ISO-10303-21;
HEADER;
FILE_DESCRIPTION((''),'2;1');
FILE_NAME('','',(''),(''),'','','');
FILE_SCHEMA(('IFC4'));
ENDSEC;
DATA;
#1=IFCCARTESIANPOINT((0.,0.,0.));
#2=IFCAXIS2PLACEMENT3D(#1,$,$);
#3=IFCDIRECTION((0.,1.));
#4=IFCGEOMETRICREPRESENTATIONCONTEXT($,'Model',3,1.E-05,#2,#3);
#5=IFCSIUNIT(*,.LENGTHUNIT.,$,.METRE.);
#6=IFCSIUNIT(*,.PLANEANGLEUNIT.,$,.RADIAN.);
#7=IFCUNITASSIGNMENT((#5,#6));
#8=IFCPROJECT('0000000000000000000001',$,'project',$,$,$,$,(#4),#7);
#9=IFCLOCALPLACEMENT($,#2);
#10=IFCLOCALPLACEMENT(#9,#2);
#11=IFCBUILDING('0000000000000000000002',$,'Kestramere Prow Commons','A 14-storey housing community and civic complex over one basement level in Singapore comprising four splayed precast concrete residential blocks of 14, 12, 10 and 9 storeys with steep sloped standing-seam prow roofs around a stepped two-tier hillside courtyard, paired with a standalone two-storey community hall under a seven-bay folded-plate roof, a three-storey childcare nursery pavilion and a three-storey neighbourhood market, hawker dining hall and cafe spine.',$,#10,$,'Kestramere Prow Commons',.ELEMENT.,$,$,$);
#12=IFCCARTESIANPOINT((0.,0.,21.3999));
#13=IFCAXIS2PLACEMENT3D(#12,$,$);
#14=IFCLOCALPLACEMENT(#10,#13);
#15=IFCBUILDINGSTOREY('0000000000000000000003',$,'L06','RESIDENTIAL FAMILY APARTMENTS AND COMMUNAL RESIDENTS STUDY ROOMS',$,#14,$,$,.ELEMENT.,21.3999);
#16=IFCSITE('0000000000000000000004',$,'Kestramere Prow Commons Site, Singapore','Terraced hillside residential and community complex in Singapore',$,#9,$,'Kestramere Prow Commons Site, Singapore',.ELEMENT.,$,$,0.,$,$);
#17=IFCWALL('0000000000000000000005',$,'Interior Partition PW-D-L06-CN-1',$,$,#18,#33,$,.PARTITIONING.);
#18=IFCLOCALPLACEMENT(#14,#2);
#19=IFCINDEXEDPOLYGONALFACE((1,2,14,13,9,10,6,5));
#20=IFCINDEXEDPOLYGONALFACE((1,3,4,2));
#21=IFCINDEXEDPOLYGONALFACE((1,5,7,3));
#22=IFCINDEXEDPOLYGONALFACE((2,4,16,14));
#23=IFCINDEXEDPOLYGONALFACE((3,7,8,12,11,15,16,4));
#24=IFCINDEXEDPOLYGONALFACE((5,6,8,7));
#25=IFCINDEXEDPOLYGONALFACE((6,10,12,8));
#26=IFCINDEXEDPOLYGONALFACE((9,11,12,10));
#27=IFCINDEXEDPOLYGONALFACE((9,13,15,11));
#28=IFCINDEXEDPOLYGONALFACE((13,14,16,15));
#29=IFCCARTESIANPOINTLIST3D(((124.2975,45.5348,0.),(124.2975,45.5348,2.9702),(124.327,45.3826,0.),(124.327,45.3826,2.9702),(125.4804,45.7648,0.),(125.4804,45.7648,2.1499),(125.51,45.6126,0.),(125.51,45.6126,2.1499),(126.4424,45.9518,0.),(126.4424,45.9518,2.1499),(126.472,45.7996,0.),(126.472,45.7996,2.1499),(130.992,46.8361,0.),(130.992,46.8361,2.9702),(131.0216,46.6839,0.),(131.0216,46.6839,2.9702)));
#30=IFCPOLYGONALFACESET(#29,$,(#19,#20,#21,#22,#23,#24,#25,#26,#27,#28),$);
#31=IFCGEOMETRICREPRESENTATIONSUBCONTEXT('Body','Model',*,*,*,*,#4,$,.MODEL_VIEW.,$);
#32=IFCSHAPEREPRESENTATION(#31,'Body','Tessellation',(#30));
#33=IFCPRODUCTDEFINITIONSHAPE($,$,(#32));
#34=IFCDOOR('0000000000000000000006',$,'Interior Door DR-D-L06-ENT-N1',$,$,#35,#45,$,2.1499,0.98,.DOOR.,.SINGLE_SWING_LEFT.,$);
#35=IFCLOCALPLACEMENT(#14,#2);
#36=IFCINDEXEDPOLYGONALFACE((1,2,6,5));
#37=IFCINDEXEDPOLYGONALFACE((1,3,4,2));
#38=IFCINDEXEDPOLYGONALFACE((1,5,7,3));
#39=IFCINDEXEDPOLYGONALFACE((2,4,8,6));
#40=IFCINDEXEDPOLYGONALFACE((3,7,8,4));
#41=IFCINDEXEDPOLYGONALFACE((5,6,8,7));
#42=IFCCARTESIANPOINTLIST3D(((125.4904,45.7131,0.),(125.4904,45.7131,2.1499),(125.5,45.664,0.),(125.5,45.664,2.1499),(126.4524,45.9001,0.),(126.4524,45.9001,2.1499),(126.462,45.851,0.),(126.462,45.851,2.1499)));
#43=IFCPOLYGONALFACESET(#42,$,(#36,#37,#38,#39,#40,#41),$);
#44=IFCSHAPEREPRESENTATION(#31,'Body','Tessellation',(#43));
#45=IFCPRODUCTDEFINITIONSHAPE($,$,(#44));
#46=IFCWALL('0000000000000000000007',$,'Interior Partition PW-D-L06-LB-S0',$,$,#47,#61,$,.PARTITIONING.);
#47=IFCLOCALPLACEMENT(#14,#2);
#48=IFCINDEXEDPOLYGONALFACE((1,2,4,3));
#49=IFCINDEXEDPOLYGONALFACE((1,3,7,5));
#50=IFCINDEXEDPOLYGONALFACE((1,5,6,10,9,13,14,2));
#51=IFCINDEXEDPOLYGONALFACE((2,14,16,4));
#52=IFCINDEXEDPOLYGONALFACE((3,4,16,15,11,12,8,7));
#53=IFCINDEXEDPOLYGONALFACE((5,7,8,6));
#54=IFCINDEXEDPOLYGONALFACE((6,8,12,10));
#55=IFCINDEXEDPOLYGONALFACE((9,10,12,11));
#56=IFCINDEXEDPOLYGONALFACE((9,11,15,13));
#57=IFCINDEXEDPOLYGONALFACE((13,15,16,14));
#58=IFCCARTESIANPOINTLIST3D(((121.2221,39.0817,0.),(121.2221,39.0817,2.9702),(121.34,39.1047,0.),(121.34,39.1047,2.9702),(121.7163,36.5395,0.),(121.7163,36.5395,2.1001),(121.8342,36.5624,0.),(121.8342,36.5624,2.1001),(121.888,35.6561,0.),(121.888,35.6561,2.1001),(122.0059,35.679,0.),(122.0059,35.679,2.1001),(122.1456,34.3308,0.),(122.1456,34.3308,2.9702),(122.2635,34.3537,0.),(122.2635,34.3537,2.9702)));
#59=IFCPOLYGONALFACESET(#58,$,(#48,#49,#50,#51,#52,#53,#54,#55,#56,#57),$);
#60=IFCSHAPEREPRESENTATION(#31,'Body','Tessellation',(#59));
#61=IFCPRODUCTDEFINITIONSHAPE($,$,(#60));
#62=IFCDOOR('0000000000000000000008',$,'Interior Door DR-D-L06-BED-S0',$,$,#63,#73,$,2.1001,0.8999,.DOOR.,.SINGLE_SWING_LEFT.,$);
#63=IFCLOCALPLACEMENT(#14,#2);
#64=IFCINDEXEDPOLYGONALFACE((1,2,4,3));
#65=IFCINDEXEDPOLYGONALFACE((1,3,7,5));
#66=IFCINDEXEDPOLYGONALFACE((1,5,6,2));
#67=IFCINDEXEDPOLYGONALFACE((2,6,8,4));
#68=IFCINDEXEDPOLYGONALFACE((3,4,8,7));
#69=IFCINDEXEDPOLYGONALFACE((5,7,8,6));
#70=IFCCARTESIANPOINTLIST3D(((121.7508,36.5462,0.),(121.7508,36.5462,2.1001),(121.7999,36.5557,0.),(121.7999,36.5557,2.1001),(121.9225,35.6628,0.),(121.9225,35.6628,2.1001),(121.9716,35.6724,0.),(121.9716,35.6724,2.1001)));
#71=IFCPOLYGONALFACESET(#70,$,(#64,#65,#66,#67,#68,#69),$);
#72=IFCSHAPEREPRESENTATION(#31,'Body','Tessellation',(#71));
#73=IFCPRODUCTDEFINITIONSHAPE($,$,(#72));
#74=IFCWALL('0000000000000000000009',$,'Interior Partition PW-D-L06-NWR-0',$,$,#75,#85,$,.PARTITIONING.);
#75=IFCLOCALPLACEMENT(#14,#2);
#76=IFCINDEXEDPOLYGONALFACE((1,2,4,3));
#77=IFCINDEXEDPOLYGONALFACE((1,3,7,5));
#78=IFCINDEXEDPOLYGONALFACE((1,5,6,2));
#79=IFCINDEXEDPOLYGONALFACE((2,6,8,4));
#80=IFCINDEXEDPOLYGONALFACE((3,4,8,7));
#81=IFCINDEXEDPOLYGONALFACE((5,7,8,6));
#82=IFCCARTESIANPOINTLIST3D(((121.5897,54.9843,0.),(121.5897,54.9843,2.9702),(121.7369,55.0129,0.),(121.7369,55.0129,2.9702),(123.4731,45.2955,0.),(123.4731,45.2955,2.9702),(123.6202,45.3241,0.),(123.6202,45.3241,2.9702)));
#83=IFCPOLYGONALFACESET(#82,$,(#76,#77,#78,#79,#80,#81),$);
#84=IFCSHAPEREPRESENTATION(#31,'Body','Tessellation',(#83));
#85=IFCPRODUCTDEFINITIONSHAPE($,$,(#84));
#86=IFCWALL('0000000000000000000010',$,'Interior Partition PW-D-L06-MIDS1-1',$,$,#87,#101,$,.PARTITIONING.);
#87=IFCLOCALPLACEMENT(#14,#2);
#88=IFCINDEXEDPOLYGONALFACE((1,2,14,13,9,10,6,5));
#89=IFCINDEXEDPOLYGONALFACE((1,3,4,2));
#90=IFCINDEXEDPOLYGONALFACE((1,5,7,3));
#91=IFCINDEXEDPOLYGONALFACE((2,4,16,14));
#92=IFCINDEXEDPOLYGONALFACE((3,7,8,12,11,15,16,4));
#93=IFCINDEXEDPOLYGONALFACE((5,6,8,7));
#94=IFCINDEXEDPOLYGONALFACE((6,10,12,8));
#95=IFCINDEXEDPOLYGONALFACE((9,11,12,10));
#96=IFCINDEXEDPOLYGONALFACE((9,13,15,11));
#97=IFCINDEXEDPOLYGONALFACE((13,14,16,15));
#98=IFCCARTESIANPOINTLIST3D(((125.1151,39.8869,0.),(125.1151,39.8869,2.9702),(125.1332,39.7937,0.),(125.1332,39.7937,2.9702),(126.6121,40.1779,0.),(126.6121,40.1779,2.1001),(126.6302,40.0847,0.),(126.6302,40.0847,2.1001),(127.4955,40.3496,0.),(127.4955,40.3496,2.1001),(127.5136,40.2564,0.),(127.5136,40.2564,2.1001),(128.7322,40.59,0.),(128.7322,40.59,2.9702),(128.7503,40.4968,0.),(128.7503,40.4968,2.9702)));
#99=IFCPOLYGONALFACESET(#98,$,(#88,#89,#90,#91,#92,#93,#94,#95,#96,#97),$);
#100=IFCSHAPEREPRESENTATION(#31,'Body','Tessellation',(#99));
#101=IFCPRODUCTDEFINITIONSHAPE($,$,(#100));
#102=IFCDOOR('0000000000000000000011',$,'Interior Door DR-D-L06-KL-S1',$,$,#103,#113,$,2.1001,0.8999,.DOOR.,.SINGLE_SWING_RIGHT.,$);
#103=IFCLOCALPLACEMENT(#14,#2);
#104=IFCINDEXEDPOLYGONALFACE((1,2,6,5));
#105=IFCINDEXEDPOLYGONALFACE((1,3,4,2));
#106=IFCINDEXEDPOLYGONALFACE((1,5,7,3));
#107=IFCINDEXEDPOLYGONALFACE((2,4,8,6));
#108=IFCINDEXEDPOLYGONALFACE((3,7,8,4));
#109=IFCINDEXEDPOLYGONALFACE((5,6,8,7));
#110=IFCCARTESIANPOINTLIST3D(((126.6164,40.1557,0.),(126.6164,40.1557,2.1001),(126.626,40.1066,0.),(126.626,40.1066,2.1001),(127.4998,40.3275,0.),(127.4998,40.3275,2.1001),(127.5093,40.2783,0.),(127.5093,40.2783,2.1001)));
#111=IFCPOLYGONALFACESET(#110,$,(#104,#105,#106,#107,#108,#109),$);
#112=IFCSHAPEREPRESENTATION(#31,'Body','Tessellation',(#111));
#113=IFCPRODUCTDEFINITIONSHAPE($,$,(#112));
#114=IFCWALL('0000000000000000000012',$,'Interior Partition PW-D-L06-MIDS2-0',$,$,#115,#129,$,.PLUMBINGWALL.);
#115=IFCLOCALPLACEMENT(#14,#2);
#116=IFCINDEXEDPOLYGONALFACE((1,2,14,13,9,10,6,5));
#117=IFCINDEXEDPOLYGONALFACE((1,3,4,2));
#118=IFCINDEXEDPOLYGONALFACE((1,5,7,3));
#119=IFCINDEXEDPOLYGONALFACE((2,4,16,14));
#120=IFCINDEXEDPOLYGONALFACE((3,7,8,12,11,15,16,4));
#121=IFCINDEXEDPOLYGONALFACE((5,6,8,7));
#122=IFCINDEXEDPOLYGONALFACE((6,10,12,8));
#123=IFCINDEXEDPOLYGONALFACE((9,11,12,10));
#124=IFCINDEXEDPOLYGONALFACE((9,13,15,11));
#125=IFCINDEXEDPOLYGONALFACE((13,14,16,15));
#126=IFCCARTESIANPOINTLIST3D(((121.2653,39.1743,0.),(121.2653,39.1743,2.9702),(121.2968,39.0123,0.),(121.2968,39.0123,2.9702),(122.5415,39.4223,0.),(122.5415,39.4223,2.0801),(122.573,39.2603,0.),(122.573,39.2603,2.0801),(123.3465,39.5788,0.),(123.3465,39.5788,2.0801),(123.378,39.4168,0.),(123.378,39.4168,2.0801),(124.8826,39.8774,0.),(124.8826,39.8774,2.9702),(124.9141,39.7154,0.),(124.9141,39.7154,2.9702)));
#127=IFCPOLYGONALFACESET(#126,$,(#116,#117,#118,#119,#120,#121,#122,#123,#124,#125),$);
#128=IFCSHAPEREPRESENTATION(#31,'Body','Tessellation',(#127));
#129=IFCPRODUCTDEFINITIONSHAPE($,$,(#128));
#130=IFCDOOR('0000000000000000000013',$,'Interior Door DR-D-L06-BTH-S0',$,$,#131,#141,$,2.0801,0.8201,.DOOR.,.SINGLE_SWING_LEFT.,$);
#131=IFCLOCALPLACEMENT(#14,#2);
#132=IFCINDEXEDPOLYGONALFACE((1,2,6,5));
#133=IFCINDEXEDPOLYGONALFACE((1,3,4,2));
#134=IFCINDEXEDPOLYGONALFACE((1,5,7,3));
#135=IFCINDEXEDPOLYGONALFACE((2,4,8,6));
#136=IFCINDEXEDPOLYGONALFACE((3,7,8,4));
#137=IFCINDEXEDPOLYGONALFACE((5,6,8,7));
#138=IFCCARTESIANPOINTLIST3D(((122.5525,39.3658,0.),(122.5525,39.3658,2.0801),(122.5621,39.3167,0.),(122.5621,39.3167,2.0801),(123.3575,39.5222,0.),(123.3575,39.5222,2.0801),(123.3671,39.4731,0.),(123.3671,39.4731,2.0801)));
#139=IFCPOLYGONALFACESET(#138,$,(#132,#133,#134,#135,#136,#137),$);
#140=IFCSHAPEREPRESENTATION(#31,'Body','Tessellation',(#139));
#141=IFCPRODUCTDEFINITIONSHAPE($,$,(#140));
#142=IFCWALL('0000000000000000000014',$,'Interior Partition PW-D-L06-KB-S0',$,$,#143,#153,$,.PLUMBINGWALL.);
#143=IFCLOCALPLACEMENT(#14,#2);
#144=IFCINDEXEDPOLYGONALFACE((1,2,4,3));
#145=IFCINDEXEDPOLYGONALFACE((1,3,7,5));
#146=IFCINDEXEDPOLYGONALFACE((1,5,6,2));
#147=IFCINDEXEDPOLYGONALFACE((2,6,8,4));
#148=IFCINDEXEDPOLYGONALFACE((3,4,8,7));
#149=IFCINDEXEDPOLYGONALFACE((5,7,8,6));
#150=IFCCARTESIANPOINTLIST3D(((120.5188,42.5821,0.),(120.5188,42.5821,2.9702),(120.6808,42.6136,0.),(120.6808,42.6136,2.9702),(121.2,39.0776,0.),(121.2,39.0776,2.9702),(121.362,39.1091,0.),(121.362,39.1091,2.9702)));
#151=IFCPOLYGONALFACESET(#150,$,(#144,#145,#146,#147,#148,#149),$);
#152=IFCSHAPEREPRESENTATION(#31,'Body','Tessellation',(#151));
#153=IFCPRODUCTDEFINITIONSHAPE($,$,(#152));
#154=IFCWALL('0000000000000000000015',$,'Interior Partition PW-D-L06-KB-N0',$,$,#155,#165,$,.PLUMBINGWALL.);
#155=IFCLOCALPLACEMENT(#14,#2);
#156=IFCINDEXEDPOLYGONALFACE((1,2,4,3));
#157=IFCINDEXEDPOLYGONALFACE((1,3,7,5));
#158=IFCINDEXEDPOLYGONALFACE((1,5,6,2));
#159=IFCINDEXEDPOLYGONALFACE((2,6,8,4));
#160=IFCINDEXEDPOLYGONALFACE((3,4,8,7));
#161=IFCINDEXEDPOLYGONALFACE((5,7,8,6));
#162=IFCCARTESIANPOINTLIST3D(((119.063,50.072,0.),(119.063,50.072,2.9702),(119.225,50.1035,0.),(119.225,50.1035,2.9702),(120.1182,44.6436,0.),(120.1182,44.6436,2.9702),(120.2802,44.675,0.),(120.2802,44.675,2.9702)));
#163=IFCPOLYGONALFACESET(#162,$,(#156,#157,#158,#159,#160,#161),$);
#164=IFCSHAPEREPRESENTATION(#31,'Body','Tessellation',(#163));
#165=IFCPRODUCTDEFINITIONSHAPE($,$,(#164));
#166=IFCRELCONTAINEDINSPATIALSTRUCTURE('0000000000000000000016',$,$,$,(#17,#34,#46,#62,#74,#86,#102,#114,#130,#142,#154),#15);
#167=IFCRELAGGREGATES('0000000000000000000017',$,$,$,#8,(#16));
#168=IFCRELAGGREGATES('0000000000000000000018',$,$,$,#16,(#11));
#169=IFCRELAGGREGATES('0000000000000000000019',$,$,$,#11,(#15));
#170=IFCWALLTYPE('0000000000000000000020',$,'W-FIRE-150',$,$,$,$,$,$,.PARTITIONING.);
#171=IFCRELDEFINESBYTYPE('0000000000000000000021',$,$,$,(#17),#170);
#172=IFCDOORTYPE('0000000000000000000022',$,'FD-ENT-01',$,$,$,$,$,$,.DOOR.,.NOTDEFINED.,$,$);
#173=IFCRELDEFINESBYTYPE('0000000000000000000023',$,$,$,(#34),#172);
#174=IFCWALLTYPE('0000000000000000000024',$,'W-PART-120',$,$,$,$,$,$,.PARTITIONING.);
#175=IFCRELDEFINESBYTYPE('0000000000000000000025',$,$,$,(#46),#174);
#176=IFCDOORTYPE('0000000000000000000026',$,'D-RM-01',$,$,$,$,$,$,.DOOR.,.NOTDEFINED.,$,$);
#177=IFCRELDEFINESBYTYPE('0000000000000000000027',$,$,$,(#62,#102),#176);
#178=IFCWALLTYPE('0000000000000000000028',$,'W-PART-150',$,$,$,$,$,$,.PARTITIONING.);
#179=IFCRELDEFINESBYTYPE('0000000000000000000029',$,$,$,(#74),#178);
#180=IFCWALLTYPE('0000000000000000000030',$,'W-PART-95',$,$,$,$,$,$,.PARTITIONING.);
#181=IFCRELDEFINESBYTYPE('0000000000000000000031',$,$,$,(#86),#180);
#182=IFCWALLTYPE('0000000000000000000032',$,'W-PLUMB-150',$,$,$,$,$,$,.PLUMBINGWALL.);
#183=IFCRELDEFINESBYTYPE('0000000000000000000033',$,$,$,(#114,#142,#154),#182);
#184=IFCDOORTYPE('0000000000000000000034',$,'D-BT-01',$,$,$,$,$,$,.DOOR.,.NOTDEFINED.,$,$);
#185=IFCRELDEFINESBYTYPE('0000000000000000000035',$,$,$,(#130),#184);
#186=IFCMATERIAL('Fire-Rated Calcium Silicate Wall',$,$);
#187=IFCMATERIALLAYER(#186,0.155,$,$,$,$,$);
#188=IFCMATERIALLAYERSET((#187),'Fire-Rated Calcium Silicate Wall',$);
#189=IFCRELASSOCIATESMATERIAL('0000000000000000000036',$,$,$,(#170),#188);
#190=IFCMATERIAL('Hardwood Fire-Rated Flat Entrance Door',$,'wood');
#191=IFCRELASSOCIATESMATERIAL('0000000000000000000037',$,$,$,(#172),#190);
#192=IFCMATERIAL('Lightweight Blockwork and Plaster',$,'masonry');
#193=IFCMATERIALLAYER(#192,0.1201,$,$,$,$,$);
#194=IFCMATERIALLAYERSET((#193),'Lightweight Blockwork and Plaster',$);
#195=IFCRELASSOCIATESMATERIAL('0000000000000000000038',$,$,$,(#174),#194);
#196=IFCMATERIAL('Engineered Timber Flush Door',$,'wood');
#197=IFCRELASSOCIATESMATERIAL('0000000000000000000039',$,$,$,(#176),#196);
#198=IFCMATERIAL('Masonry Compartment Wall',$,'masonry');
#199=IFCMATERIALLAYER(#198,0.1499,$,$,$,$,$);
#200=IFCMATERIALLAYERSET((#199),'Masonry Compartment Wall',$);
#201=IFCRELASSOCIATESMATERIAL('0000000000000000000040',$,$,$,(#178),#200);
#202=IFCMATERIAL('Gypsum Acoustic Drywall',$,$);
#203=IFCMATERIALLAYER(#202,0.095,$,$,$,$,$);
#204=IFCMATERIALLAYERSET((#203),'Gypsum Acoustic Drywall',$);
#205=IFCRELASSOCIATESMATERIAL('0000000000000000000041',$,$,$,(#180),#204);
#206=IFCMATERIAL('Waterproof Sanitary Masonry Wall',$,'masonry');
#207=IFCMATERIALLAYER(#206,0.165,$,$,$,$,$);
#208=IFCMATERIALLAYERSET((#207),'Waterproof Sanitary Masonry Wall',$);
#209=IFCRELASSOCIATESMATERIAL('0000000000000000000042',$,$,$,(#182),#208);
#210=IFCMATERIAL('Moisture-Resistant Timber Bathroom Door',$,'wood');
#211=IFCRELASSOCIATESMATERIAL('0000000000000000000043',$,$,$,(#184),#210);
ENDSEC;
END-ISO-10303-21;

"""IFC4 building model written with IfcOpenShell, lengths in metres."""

from ifc_helpers import new_model, si_unit, direction, frame, frame_2d, origin, place, context, subcontext, project, spatial, rectangle, extrude, material, layer, layer_set, type_object, element, fill, save


model = new_model("IFC4")

# Units and contexts
model_context = context("Model", 3, precision=1e-05, world=origin(), true_north=direction((0.0, 1.0)))
body_context = subcontext(model_context, "Body", "Model", "MODEL_VIEW")
ifc_project = project(units=[si_unit("LENGTHUNIT", "METRE"), si_unit("PLANEANGLEUNIT", "RADIAN")], contexts=[model_context])

# Site, building, storey
site_placement = place(None, origin())
site = spatial("IfcSite", under=ifc_project, at=site_placement, Name="Kestramere Prow Commons Site, Singapore", Description="Terraced hillside residential and community complex in Singapore", LongName="Kestramere Prow Commons Site, Singapore", CompositionType="ELEMENT", RefElevation=0.0)
building_placement = place(site_placement, origin())
building = spatial("IfcBuilding", under=site, at=building_placement, Name="Kestramere Prow Commons", Description="A 14-storey housing community and civic complex over one basement level in Singapore comprising four splayed precast concrete residential blocks of 14, 12, 10 and 9 storeys with steep sloped standing-seam prow roofs around a stepped two-tier hillside courtyard, paired with a standalone two-storey community hall under a seven-bay folded-plate roof, a three-storey childcare nursery pavilion and a three-storey neighbourhood market, hawker dining hall and cafe spine.", LongName="Kestramere Prow Commons", CompositionType="ELEMENT")
storey_placement = place(building_placement, frame((0.0, 0.0, 21.3999)))
storey = spatial("IfcBuildingStorey", under=building, at=storey_placement, Name="L06", Description="RESIDENTIAL FAMILY APARTMENTS AND COMMUNAL RESIDENTS STUDY ROOMS", CompositionType="ELEMENT", Elevation=21.3999)

# Walls, openings, doors
ifc_material_1 = material(Name="Fire-Rated Calcium Silicate Wall")
ifc_layer_1 = layer(ifc_material_1, 0.155)
ifc_layer_set_1 = layer_set([ifc_layer_1], Name="Fire-Rated Calcium Silicate Wall")
wall_type_1 = type_object("IfcWallType", Name="W-FIRE-150", PredefinedType="PARTITIONING", material=ifc_layer_set_1)
ifc_material_2 = material(Name="Hardwood Fire-Rated Flat Entrance Door", Category="wood")
wall_1_placement = place(storey_placement, frame((124.3123, 45.4587, 0.0), z_axis=(0.0, 0.0, 1.0), x_axis=(0.981628, 0.190805, 0.0)))
wall_1 = element("IfcWall", 1, at=wall_1_placement, inside=storey, type_object=wall_type_1, Name="Interior Partition PW-D-L06-CN-1", PredefinedType="PARTITIONING", context=body_context, shape_type="SweptSolid", body=[
    extrude(rectangle(XDim=6.8198, YDim=0.155, at=frame_2d((3.4099, 0.0))), origin(), (0.0, 0.0, 1.0), 2.9702),
])
opening_1_placement = place(wall_1_placement, frame((1.2051, 0.0, 0.0)))
opening_1 = element("IfcOpeningElement", 2, at=opening_1_placement, cuts=wall_1, PredefinedType="OPENING", context=body_context, shape_type="SweptSolid", body=[
    extrude(rectangle(XDim=0.98, YDim=2.1499, at=frame_2d((0.49, 1.075))), frame((0.0, 0.0925, 0.0), z_axis=(0.0, -1.0, 0.0), x_axis=(1.0, 0.0, 0.0)), (0.0, 0.0, 1.0), 0.1851),
])
door_type_1 = type_object("IfcDoorType", Name="FD-ENT-01", OperationType="NOTDEFINED", PredefinedType="DOOR", material=ifc_material_2)
door_1_placement = place(opening_1_placement, origin())
door_1 = element("IfcDoor", 3, at=door_1_placement, inside=storey, type_object=door_type_1, Name="Interior Door DR-D-L06-ENT-N1", OperationType="SINGLE_SWING_LEFT", OverallHeight=2.1499, OverallWidth=0.98, PredefinedType="DOOR", context=body_context, shape_type="SweptSolid", body=[
    extrude(rectangle(XDim=0.98, YDim=2.1499, at=frame_2d((0.49, 1.075))), frame((0.0, 0.0249, 0.0), z_axis=(0.0, -1.0, 0.0), x_axis=(1.0, 0.0, 0.0)), (0.0, 0.0, 1.0), 0.05),
])
fill(opening_1, door_1)
ifc_material_3 = material(Name="Lightweight Blockwork and Plaster", Category="masonry")
ifc_layer_2 = layer(ifc_material_3, 0.1201)
ifc_layer_set_2 = layer_set([ifc_layer_2], Name="Lightweight Blockwork and Plaster")
wall_type_2 = type_object("IfcWallType", Name="W-PART-120", PredefinedType="PARTITIONING", material=ifc_layer_set_2)
wall_2_placement = place(storey_placement, frame((122.2046, 34.3423, 0.0), z_axis=(0.0, 0.0, 1.0), x_axis=(-0.190826, 0.981624, 0.0)))
wall_2 = element("IfcWall", 4, at=wall_2_placement, inside=storey, type_object=wall_type_2, Name="Interior Partition PW-D-L06-LB-S0", PredefinedType="PARTITIONING", context=body_context, shape_type="SweptSolid", body=[
    extrude(rectangle(XDim=4.8398, YDim=0.1201, at=frame_2d((2.4199, 0.0))), origin(), (0.0, 0.0, 1.0), 2.9702),
])
opening_2_placement = place(wall_2_placement, frame((1.3501, 0.0, 0.0)))
opening_2 = element("IfcOpeningElement", 5, at=opening_2_placement, cuts=wall_2, PredefinedType="OPENING", context=body_context, shape_type="SweptSolid", body=[
    extrude(rectangle(XDim=0.8999, YDim=2.1001, at=frame_2d((0.45, 1.05))), frame((0.0, 0.075, 0.0), z_axis=(0.0, -1.0, 0.0), x_axis=(1.0, 0.0, 0.0)), (0.0, 0.0, 1.0), 0.1501),
])
ifc_material_4 = material(Name="Engineered Timber Flush Door", Category="wood")
door_type_2 = type_object("IfcDoorType", Name="D-RM-01", OperationType="NOTDEFINED", PredefinedType="DOOR", material=ifc_material_4)
door_2_placement = place(opening_2_placement, origin())
door_2 = element("IfcDoor", 6, at=door_2_placement, inside=storey, type_object=door_type_2, Name="Interior Door DR-D-L06-BED-S0", OperationType="SINGLE_SWING_LEFT", OverallHeight=2.1001, OverallWidth=0.8999, PredefinedType="DOOR", context=body_context, shape_type="SweptSolid", body=[
    extrude(rectangle(XDim=0.8999, YDim=2.1001, at=frame_2d((0.45, 1.05))), frame((0.0, 0.0249, 0.0), z_axis=(0.0, -1.0, 0.0), x_axis=(1.0, 0.0, 0.0)), (0.0, 0.0, 1.0), 0.05),
])
fill(opening_2, door_2)

# Wall
ifc_material_5 = material(Name="Masonry Compartment Wall", Category="masonry")
ifc_layer_3 = layer(ifc_material_5, 0.1499)
ifc_layer_set_3 = layer_set([ifc_layer_3], Name="Masonry Compartment Wall")
wall_type_3 = type_object("IfcWallType", Name="W-PART-150", PredefinedType="PARTITIONING", material=ifc_layer_set_3)
wall_3_placement = place(storey_placement, frame((123.5466, 45.3098, 0.0), z_axis=(0.0, 0.0, 1.0), x_axis=(-0.190809, 0.981627, 0.0)))
element("IfcWall", 7, at=wall_3_placement, inside=storey, type_object=wall_type_3, Name="Interior Partition PW-D-L06-NWR-0", PredefinedType="PARTITIONING", context=body_context, shape_type="SweptSolid", body=[
    extrude(rectangle(XDim=9.8701, YDim=0.1499, at=frame_2d((4.9351, 0.0))), origin(), (0.0, 0.0, 1.0), 2.9702),
])

# Walls, openings, doors
ifc_material_6 = material(Name="Gypsum Acoustic Drywall")
ifc_layer_4 = layer(ifc_material_6, 0.095)
ifc_layer_set_4 = layer_set([ifc_layer_4], Name="Gypsum Acoustic Drywall")
wall_type_4 = type_object("IfcWallType", Name="W-PART-95", PredefinedType="PARTITIONING", material=ifc_layer_set_4)
wall_4_placement = place(storey_placement, frame((125.1243, 39.8403, 0.0), z_axis=(0.0, 0.0, 1.0), x_axis=(0.981626, 0.190813, 0.0)))
wall_4 = element("IfcWall", 8, at=wall_4_placement, inside=storey, type_object=wall_type_4, Name="Interior Partition PW-D-L06-MIDS1-1", PredefinedType="PARTITIONING", context=body_context, shape_type="SweptSolid", body=[
    extrude(rectangle(XDim=3.6848, YDim=0.095, at=frame_2d((1.8423, 0.0))), origin(), (0.0, 0.0, 1.0), 2.9702),
])
opening_3_placement = place(wall_4_placement, frame((1.5249, 0.0, 0.0)))
opening_3 = element("IfcOpeningElement", 9, at=opening_3_placement, cuts=wall_4, PredefinedType="OPENING", context=body_context, shape_type="SweptSolid", body=[
    extrude(rectangle(XDim=0.8999, YDim=2.1001, at=frame_2d((0.45, 1.05))), frame((0.0, 0.0625, 0.0), z_axis=(0.0, -1.0, 0.0), x_axis=(1.0, 0.0, 0.0)), (0.0, 0.0, 1.0), 0.125),
])
door_3_placement = place(opening_3_placement, origin())
door_3 = element("IfcDoor", 10, at=door_3_placement, inside=storey, type_object=door_type_2, Name="Interior Door DR-D-L06-KL-S1", OperationType="SINGLE_SWING_RIGHT", OverallHeight=2.1001, OverallWidth=0.8999, PredefinedType="DOOR", context=body_context, shape_type="SweptSolid", body=[
    extrude(rectangle(XDim=0.8999, YDim=2.1001, at=frame_2d((0.45, 1.05))), frame((0.0, 0.0249, 0.0), z_axis=(0.0, -1.0, 0.0), x_axis=(1.0, 0.0, 0.0)), (0.0, 0.0, 1.0), 0.05),
])
fill(opening_3, door_3)
ifc_material_7 = material(Name="Waterproof Sanitary Masonry Wall", Category="masonry")
ifc_layer_5 = layer(ifc_material_7, 0.165)
ifc_layer_set_5 = layer_set([ifc_layer_5], Name="Waterproof Sanitary Masonry Wall")
wall_type_5 = type_object("IfcWallType", Name="W-PLUMB-150", PredefinedType="PLUMBINGWALL", material=ifc_layer_set_5)
wall_5_placement = place(storey_placement, frame((121.281, 39.0933, 0.0), z_axis=(0.0, 0.0, 1.0), x_axis=(0.981629, 0.190801, 0.0)))
wall_5 = element("IfcWall", 11, at=wall_5_placement, inside=storey, type_object=wall_type_5, Name="Interior Partition PW-D-L06-MIDS2-0", PredefinedType="PLUMBINGWALL", context=body_context, shape_type="SweptSolid", body=[
    extrude(rectangle(XDim=3.6851, YDim=0.165, at=frame_2d((1.8425, 0.0))), origin(), (0.0, 0.0, 1.0), 2.9702),
])
opening_4_placement = place(wall_5_placement, frame((1.3, 0.0, 0.0)))
opening_4 = element("IfcOpeningElement", 12, at=opening_4_placement, cuts=wall_5, PredefinedType="OPENING", context=body_context, shape_type="SweptSolid", body=[
    extrude(rectangle(XDim=0.8201, YDim=2.0801, at=frame_2d((0.4102, 1.04))), frame((0.0, 0.0974, 0.0), z_axis=(0.0, -1.0, 0.0), x_axis=(1.0, 0.0, 0.0)), (0.0, 0.0, 1.0), 0.1951),
])
ifc_material_8 = material(Name="Moisture-Resistant Timber Bathroom Door", Category="wood")
door_type_3 = type_object("IfcDoorType", Name="D-BT-01", OperationType="NOTDEFINED", PredefinedType="DOOR", material=ifc_material_8)
door_4_placement = place(opening_4_placement, origin())
door_4 = element("IfcDoor", 13, at=door_4_placement, inside=storey, type_object=door_type_3, Name="Interior Door DR-D-L06-BTH-S0", OperationType="SINGLE_SWING_LEFT", OverallHeight=2.0801, OverallWidth=0.8201, PredefinedType="DOOR", context=body_context, shape_type="SweptSolid", body=[
    extrude(rectangle(XDim=0.8201, YDim=2.0801, at=frame_2d((0.4102, 1.04))), frame((0.0, 0.0249, 0.0), z_axis=(0.0, -1.0, 0.0), x_axis=(1.0, 0.0, 0.0)), (0.0, 0.0, 1.0), 0.05),
])
fill(opening_4, door_4)

# Walls
wall_6_placement = place(storey_placement, frame((121.281, 39.0933, 0.0), z_axis=(0.0, 0.0, 1.0), x_axis=(-0.1908, 0.981629, 0.0)))
element("IfcWall", 14, at=wall_6_placement, inside=storey, type_object=wall_type_5, Name="Interior Partition PW-D-L06-KB-S0", PredefinedType="PLUMBINGWALL", context=body_context, shape_type="SweptSolid", body=[
    extrude(rectangle(XDim=3.5701, YDim=0.165, at=frame_2d((1.7852, 0.0))), origin(), (0.0, 0.0, 1.0), 2.9702),
])
wall_7_placement = place(storey_placement, frame((120.1992, 44.6592, 0.0), z_axis=(0.0, 0.0, 1.0), x_axis=(-0.190807, 0.981628, 0.0)))
element("IfcWall", 15, at=wall_7_placement, inside=storey, type_object=wall_type_5, Name="Interior Partition PW-D-L06-KB-N0", PredefinedType="PLUMBINGWALL", context=body_context, shape_type="SweptSolid", body=[
    extrude(rectangle(XDim=5.53, YDim=0.165, at=frame_2d((2.7651, 0.0))), origin(), (0.0, 0.0, 1.0), 2.9702),
])

save(model, "model.ifc")
